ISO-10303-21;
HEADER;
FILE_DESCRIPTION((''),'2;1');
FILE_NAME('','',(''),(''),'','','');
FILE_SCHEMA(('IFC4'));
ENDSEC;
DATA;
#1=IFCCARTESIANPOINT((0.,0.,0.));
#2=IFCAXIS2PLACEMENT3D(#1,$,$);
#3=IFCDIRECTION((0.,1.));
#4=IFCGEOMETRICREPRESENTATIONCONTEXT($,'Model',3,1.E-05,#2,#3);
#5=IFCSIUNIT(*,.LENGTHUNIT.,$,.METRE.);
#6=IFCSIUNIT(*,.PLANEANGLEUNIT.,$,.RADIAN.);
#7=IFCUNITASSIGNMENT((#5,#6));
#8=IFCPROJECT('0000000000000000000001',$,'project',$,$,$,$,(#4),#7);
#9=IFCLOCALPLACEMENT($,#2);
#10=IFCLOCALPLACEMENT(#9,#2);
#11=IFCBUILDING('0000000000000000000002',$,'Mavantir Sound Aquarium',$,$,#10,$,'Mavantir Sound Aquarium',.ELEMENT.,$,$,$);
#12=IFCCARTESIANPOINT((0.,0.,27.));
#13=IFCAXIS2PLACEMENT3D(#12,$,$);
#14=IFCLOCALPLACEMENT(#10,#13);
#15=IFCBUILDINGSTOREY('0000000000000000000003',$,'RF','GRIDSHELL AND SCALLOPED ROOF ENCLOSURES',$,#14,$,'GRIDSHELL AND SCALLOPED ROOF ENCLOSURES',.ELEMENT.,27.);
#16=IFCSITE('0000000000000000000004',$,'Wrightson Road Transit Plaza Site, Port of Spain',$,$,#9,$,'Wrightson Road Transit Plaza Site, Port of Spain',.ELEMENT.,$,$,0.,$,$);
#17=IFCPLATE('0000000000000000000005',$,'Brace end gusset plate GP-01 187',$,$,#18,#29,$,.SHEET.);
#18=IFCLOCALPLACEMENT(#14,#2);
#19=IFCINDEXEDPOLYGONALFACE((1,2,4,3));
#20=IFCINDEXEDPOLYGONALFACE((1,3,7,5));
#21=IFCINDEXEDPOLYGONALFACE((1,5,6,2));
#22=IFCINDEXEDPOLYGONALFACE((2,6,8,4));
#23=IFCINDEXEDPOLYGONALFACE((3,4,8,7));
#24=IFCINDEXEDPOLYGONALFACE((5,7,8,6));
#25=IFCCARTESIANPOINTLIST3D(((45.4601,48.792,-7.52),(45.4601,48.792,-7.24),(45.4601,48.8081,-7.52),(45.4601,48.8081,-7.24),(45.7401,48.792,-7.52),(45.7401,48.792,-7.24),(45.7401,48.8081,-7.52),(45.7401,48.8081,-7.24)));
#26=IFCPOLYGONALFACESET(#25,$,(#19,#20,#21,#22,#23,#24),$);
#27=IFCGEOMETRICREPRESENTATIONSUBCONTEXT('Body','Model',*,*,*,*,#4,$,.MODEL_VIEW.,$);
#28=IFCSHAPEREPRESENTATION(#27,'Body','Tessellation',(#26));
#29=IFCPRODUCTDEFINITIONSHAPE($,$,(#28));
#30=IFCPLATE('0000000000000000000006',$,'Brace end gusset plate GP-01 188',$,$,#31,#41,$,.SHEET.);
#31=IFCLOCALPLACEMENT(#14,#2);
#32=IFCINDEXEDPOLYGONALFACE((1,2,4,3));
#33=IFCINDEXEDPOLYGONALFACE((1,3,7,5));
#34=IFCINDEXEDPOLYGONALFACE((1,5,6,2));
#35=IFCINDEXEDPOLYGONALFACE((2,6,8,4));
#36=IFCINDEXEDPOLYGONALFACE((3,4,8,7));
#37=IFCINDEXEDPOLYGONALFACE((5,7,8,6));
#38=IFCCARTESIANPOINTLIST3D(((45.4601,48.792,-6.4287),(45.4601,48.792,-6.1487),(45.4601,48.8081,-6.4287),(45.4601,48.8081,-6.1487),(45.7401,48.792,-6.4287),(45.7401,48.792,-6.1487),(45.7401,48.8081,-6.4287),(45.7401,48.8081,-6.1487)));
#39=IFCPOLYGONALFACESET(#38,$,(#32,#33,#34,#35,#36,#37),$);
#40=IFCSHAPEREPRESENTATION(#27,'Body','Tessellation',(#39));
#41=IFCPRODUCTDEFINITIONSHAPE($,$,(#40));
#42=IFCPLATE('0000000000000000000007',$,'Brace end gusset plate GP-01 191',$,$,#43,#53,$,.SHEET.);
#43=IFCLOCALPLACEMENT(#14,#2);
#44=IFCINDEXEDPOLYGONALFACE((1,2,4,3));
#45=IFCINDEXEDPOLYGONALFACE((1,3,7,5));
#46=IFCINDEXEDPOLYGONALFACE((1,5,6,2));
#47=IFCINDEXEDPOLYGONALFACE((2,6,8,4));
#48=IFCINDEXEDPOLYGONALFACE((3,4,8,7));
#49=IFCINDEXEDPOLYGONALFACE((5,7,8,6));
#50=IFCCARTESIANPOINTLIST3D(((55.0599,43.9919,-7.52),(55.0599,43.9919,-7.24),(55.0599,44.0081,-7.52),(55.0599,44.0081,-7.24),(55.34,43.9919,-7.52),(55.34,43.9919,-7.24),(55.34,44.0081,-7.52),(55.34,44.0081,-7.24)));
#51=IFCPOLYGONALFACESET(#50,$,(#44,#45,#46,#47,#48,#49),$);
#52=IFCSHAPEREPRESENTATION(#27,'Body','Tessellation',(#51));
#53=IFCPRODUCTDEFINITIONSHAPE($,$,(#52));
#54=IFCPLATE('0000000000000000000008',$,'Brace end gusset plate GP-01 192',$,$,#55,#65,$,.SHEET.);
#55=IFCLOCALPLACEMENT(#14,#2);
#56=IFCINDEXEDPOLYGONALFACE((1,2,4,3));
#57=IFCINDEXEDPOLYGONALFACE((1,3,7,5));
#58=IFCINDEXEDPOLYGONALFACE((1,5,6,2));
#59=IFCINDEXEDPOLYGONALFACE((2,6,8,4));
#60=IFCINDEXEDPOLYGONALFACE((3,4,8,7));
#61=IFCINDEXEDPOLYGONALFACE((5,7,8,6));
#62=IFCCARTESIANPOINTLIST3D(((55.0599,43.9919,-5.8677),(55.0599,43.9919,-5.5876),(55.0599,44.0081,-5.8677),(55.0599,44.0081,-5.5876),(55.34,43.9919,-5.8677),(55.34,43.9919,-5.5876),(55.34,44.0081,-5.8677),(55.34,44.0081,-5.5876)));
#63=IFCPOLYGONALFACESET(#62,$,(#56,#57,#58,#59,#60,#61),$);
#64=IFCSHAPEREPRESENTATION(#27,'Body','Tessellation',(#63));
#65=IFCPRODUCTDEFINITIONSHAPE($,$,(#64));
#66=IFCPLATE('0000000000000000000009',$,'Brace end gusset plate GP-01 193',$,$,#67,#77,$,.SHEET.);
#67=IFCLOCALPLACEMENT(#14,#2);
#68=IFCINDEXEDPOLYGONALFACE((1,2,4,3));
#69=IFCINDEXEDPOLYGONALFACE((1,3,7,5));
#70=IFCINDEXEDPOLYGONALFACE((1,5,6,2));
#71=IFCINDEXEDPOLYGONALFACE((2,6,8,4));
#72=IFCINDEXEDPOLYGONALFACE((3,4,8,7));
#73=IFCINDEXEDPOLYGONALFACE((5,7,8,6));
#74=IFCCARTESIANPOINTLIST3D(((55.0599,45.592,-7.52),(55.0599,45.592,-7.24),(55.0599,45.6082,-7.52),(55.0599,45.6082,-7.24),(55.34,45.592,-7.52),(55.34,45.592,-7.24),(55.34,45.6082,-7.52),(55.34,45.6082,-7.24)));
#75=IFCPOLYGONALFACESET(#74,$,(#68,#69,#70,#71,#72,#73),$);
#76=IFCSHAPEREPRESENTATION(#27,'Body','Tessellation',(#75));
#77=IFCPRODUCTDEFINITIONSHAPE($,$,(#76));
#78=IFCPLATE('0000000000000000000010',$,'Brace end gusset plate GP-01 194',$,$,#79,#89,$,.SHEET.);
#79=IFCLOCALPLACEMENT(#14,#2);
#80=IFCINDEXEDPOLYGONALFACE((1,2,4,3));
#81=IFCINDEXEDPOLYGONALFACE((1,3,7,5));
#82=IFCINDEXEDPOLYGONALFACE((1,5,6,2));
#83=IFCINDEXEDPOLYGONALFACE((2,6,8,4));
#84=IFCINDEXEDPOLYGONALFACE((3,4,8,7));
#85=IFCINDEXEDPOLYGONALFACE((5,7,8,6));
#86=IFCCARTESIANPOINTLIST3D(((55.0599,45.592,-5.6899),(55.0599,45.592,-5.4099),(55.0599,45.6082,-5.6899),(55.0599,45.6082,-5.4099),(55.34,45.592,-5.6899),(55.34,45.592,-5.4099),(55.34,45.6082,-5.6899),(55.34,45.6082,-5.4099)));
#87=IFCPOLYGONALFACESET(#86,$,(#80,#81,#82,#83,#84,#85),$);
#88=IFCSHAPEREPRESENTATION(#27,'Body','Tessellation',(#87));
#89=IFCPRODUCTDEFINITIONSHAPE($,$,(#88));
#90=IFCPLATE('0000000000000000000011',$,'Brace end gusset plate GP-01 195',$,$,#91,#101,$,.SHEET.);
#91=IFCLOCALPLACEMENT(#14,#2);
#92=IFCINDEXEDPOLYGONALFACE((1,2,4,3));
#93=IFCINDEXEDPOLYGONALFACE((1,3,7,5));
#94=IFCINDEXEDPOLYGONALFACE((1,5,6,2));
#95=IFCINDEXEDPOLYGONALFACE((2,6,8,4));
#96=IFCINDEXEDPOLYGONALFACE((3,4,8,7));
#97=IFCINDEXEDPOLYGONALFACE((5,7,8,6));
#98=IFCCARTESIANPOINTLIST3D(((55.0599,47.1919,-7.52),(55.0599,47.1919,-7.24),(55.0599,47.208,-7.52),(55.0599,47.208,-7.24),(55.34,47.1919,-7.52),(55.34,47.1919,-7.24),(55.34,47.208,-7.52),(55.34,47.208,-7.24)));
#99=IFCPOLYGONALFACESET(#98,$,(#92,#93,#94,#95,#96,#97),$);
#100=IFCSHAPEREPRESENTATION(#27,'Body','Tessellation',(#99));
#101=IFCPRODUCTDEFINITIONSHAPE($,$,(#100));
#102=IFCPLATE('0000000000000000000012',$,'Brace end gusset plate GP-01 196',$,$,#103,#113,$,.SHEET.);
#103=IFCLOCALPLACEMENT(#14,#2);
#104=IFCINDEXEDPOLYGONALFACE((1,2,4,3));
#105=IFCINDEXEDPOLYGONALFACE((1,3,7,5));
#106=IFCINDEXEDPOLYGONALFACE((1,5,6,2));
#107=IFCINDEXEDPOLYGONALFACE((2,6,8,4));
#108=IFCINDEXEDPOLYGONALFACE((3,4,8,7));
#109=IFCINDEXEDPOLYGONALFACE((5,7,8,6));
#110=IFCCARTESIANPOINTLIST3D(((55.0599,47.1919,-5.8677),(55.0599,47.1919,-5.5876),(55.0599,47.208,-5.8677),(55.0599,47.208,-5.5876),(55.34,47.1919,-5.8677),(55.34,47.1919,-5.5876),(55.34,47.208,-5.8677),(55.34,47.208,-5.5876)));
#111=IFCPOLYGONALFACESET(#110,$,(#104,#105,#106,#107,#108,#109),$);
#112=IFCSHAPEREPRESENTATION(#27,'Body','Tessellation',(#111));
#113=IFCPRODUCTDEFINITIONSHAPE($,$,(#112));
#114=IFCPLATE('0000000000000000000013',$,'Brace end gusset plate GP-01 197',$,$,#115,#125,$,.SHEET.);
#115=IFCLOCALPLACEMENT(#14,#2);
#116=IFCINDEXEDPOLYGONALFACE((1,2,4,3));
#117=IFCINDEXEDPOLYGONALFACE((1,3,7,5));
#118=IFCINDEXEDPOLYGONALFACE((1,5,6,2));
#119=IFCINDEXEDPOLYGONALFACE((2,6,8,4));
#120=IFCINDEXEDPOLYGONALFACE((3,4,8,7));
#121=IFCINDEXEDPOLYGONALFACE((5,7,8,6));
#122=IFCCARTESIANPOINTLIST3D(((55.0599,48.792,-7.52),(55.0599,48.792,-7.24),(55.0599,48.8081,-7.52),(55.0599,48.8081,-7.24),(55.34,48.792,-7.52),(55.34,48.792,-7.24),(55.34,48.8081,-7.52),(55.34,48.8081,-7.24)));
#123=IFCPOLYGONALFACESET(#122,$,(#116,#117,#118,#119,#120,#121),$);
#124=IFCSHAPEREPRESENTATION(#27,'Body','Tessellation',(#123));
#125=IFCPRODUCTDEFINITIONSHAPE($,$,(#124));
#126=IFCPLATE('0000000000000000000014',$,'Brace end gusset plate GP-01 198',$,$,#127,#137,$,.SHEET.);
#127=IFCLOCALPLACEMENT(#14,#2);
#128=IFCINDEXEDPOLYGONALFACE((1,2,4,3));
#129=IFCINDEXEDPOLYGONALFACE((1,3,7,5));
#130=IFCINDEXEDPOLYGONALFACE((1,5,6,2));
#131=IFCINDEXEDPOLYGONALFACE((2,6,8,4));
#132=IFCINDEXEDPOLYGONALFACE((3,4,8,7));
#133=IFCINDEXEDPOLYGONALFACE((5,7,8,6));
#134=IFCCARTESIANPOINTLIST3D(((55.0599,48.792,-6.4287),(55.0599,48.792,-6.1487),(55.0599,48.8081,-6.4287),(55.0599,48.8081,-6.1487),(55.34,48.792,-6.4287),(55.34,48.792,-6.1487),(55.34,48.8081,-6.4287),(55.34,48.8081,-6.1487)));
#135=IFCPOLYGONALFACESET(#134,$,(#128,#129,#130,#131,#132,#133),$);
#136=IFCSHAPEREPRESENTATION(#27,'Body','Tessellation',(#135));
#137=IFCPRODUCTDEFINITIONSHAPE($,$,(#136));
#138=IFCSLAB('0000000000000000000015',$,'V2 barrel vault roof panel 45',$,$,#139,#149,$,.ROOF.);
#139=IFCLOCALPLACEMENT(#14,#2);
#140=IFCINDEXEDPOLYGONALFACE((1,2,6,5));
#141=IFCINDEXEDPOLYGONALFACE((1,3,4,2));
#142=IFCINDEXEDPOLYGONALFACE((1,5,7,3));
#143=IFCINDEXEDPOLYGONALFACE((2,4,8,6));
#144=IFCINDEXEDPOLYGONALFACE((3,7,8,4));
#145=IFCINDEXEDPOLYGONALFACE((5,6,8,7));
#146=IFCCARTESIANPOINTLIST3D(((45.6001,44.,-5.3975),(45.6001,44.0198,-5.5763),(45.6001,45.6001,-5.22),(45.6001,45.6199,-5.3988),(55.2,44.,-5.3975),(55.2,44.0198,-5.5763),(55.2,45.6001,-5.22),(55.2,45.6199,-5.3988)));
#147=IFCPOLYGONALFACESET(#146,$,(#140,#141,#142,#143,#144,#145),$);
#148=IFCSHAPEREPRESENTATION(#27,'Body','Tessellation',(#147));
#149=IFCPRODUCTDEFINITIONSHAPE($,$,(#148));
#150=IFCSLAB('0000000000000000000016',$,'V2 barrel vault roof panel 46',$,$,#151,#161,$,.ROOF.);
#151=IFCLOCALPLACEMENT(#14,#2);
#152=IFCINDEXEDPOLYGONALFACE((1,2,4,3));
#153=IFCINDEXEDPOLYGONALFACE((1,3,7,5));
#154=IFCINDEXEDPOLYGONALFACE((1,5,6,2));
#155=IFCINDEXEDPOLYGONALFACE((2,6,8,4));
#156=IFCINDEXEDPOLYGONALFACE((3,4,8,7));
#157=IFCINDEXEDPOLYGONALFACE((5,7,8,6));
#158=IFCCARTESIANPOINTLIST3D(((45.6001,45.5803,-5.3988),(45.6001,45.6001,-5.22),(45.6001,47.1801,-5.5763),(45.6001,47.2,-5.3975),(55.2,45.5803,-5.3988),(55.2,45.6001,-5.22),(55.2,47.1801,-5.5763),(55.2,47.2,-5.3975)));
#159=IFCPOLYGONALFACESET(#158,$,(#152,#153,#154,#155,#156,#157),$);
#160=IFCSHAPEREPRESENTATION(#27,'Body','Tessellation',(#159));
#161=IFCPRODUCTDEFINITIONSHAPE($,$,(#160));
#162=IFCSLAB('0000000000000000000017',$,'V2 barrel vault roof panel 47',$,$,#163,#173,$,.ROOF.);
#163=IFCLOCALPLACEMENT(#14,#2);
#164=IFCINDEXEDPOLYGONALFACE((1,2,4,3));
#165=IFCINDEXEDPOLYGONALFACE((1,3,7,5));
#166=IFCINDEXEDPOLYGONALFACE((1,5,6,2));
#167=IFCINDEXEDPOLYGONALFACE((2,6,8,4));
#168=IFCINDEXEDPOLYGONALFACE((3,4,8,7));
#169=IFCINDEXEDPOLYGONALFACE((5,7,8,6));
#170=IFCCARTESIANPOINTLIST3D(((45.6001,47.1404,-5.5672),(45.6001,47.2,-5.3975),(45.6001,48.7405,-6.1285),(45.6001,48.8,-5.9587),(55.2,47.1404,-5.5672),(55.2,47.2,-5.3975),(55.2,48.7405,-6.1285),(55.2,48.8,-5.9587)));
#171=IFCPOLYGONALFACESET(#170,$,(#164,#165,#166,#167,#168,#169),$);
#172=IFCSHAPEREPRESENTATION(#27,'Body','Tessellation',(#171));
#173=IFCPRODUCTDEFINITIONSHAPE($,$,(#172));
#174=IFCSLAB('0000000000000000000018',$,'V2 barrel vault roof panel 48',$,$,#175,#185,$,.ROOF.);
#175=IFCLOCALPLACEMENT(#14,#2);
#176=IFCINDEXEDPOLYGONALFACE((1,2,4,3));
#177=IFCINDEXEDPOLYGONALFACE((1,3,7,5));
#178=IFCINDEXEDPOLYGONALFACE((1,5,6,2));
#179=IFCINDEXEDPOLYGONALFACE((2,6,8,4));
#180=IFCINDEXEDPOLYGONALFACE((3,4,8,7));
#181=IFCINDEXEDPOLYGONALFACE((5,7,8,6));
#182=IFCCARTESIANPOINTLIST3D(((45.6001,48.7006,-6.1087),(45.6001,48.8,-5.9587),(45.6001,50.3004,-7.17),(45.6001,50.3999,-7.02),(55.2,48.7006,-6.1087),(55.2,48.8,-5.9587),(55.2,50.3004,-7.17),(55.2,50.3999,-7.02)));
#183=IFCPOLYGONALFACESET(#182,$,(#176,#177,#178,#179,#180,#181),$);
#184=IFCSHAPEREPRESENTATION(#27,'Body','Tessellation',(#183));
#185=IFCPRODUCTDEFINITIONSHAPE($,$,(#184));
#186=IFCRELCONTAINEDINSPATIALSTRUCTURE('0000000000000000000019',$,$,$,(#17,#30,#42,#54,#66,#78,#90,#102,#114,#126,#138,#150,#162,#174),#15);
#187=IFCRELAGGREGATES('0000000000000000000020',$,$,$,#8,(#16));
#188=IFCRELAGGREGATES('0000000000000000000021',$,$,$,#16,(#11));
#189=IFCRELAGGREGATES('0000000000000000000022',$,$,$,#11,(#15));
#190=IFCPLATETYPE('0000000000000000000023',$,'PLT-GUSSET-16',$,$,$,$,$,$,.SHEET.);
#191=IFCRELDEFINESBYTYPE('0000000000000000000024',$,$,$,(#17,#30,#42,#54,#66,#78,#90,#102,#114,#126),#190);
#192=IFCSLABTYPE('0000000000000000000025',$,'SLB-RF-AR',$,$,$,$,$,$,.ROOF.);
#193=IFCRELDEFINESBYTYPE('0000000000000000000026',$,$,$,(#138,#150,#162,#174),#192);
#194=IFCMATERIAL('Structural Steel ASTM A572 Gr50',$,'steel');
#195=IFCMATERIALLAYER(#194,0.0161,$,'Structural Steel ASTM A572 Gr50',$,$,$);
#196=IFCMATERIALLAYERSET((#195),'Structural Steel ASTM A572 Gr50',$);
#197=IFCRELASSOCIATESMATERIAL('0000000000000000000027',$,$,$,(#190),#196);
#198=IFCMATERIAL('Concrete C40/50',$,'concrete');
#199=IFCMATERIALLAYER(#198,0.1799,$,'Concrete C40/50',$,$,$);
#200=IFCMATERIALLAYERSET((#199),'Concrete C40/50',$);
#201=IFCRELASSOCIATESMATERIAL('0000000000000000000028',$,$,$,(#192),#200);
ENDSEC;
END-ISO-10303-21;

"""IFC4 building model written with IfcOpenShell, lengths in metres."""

from ifc_helpers import new_model, si_unit, direction, frame, origin, origin_2d, place, context, subcontext, project, spatial, polyline, rectangle, outline, extrude, material, layer, layer_set, type_object, element, save


model = new_model("IFC4")

# Units and contexts
model_context = context("Model", 3, precision=1e-05, world=origin(), true_north=direction((0.0, 1.0)))
body_context = subcontext(model_context, "Body", "Model", "MODEL_VIEW")
ifc_project = project(units=[si_unit("LENGTHUNIT", "METRE"), si_unit("PLANEANGLEUNIT", "RADIAN")], contexts=[model_context])

# Site, building, storey
site_placement = place(None, origin())
site = spatial("IfcSite", under=ifc_project, at=site_placement, Name="Wrightson Road Transit Plaza Site, Port of Spain", LongName="Wrightson Road Transit Plaza Site, Port of Spain", CompositionType="ELEMENT", RefElevation=0.0)
building_placement = place(site_placement, origin())
building = spatial("IfcBuilding", under=site, at=building_placement, Name="Mavantir Sound Aquarium", LongName="Mavantir Sound Aquarium", CompositionType="ELEMENT")
storey_placement = place(building_placement, frame((0.0, 0.0, 27.0)))
storey = spatial("IfcBuildingStorey", under=building, at=storey_placement, Name="RF", Description="GRIDSHELL AND SCALLOPED ROOF ENCLOSURES", LongName="GRIDSHELL AND SCALLOPED ROOF ENCLOSURES", CompositionType="ELEMENT", Elevation=27.0)

# Plates
ifc_material_1 = material(Name="Structural Steel ASTM A572 Gr50", Category="steel")
ifc_layer_1 = layer(ifc_material_1, 0.0161, Name="Structural Steel ASTM A572 Gr50")
ifc_layer_set_1 = layer_set([ifc_layer_1], Name="Structural Steel ASTM A572 Gr50")
plate_type = type_object("IfcPlateType", Name="PLT-GUSSET-16", PredefinedType="SHEET", material=ifc_layer_set_1)
for number, where, z_axis, x_axis, name in (
    (1, (45.6001, 48.8, -7.52), (0.0, 0.0, 1.0), (1.0, 0.0, 0.0), "Brace end gusset plate GP-01 187"),
    (2, (45.6001, 48.8, -6.4287), (0.0, 0.0, 1.0), (1.0, 0.0, 0.0), "Brace end gusset plate GP-01 188"),
    (3, (55.2, 44.0, -7.52), (0.0, 0.0, 1.0), (1.0, 0.0, 0.0), "Brace end gusset plate GP-01 191"),
    (4, (55.2, 44.0, -5.8677), (0.0, 0.0, 1.0), (1.0, 0.0, 0.0), "Brace end gusset plate GP-01 192"),
    (5, (55.2, 45.6001, -7.52), (0.0, 0.0, 1.0), (1.0, 0.0, 0.0), "Brace end gusset plate GP-01 193"),
    (6, (55.2, 45.6001, -5.6899), (0.0, 0.0, 1.0), (1.0, 0.0, 0.0), "Brace end gusset plate GP-01 194"),
    (7, (55.2, 47.2, -7.52), (0.0, 0.0, 1.0), (1.0, 0.0, 0.0), "Brace end gusset plate GP-01 195"),
    (8, (55.2, 47.2, -5.8677), (0.0, 0.0, 1.0), (1.0, 0.0, 0.0), "Brace end gusset plate GP-01 196"),
    (9, (55.2, 48.8, -7.52), (0.0, 0.0, 1.0), (1.0, 0.0, 0.0), "Brace end gusset plate GP-01 197"),
    (10, (55.2, 48.8, -6.4287), (0.0, 0.0, 1.0), (1.0, 0.0, 0.0), "Brace end gusset plate GP-01 198"),
):
    element("IfcPlate", number, at=place(storey_placement, frame(where, z_axis=z_axis, x_axis=x_axis)), inside=storey, type_object=plate_type, Name=name, PredefinedType="SHEET", context=body_context, shape_type="SweptSolid", body=[
        extrude(rectangle(XDim=0.28, YDim=0.0161, at=origin_2d()), origin(), (0.0, 0.0, 1.0), 0.28),
    ])

# Slabs
ifc_material_2 = material(Name="Concrete C40/50", Category="concrete")
ifc_layer_2 = layer(ifc_material_2, 0.1799, Name="Concrete C40/50")
ifc_layer_set_2 = layer_set([ifc_layer_2], Name="Concrete C40/50")
slab_type = type_object("IfcSlabType", Name="SLB-RF-AR", PredefinedType="ROOF", material=ifc_layer_set_2)
slab_1_placement = place(storey_placement, frame((45.6001, 44.0, -5.3975), z_axis=(0.0, -0.110248, 0.993904), x_axis=(1.0, 0.0, 0.0)))
element("IfcSlab", 11, at=slab_1_placement, inside=storey, type_object=slab_type, Name="V2 barrel vault roof panel 45", PredefinedType="ROOF", context=body_context, shape_type="SweptSolid", body=[
    extrude(outline(polyline([(0.0, 0.0), (9.5999, 0.0), (9.5999, 1.6099), (0.0, 1.6099), (0.0, 0.0)])), origin(), (0.0, 0.0, -1.0), 0.1799),
])
slab_2_placement = place(storey_placement, frame((45.6001, 45.6001, -5.22), z_axis=(0.0, 0.110265, 0.993902), x_axis=(1.0, 0.0, 0.0)))
element("IfcSlab", 12, at=slab_2_placement, inside=storey, type_object=slab_type, Name="V2 barrel vault roof panel 46", PredefinedType="ROOF", context=body_context, shape_type="SweptSolid", body=[
    extrude(outline(polyline([(0.0, 0.0), (9.5999, 0.0), (9.5999, 1.6097), (0.0, 1.6097), (0.0, 0.0)])), origin(), (0.0, 0.0, -1.0), 0.1799),
])
slab_3_placement = place(storey_placement, frame((45.6001, 47.2, -5.3975), z_axis=(0.0, 0.331004, 0.943629), x_axis=(1.0, 0.0, 0.0)))
element("IfcSlab", 13, at=slab_3_placement, inside=storey, type_object=slab_type, Name="V2 barrel vault roof panel 47", PredefinedType="ROOF", context=body_context, shape_type="SweptSolid", body=[
    extrude(outline(polyline([(0.0, 0.0), (9.5999, 0.0), (9.5999, 1.6957), (0.0, 1.6957), (0.0, 0.0)])), origin(), (0.0, 0.0, -1.0), 0.1799),
])
slab_4_placement = place(storey_placement, frame((45.6001, 48.8, -5.9587), z_axis=(0.0, 0.552791, 0.83332), x_axis=(1.0, 0.0, 0.0)))
element("IfcSlab", 14, at=slab_4_placement, inside=storey, type_object=slab_type, Name="V2 barrel vault roof panel 48", PredefinedType="ROOF", context=body_context, shape_type="SweptSolid", body=[
    extrude(outline(polyline([(0.0, 0.0), (9.5999, 0.0), (9.5999, 1.9199), (0.0, 1.9199), (0.0, 0.0)])), origin(), (0.0, 0.0, -1.0), 0.1799),
])

save(model, "model.ifc")
